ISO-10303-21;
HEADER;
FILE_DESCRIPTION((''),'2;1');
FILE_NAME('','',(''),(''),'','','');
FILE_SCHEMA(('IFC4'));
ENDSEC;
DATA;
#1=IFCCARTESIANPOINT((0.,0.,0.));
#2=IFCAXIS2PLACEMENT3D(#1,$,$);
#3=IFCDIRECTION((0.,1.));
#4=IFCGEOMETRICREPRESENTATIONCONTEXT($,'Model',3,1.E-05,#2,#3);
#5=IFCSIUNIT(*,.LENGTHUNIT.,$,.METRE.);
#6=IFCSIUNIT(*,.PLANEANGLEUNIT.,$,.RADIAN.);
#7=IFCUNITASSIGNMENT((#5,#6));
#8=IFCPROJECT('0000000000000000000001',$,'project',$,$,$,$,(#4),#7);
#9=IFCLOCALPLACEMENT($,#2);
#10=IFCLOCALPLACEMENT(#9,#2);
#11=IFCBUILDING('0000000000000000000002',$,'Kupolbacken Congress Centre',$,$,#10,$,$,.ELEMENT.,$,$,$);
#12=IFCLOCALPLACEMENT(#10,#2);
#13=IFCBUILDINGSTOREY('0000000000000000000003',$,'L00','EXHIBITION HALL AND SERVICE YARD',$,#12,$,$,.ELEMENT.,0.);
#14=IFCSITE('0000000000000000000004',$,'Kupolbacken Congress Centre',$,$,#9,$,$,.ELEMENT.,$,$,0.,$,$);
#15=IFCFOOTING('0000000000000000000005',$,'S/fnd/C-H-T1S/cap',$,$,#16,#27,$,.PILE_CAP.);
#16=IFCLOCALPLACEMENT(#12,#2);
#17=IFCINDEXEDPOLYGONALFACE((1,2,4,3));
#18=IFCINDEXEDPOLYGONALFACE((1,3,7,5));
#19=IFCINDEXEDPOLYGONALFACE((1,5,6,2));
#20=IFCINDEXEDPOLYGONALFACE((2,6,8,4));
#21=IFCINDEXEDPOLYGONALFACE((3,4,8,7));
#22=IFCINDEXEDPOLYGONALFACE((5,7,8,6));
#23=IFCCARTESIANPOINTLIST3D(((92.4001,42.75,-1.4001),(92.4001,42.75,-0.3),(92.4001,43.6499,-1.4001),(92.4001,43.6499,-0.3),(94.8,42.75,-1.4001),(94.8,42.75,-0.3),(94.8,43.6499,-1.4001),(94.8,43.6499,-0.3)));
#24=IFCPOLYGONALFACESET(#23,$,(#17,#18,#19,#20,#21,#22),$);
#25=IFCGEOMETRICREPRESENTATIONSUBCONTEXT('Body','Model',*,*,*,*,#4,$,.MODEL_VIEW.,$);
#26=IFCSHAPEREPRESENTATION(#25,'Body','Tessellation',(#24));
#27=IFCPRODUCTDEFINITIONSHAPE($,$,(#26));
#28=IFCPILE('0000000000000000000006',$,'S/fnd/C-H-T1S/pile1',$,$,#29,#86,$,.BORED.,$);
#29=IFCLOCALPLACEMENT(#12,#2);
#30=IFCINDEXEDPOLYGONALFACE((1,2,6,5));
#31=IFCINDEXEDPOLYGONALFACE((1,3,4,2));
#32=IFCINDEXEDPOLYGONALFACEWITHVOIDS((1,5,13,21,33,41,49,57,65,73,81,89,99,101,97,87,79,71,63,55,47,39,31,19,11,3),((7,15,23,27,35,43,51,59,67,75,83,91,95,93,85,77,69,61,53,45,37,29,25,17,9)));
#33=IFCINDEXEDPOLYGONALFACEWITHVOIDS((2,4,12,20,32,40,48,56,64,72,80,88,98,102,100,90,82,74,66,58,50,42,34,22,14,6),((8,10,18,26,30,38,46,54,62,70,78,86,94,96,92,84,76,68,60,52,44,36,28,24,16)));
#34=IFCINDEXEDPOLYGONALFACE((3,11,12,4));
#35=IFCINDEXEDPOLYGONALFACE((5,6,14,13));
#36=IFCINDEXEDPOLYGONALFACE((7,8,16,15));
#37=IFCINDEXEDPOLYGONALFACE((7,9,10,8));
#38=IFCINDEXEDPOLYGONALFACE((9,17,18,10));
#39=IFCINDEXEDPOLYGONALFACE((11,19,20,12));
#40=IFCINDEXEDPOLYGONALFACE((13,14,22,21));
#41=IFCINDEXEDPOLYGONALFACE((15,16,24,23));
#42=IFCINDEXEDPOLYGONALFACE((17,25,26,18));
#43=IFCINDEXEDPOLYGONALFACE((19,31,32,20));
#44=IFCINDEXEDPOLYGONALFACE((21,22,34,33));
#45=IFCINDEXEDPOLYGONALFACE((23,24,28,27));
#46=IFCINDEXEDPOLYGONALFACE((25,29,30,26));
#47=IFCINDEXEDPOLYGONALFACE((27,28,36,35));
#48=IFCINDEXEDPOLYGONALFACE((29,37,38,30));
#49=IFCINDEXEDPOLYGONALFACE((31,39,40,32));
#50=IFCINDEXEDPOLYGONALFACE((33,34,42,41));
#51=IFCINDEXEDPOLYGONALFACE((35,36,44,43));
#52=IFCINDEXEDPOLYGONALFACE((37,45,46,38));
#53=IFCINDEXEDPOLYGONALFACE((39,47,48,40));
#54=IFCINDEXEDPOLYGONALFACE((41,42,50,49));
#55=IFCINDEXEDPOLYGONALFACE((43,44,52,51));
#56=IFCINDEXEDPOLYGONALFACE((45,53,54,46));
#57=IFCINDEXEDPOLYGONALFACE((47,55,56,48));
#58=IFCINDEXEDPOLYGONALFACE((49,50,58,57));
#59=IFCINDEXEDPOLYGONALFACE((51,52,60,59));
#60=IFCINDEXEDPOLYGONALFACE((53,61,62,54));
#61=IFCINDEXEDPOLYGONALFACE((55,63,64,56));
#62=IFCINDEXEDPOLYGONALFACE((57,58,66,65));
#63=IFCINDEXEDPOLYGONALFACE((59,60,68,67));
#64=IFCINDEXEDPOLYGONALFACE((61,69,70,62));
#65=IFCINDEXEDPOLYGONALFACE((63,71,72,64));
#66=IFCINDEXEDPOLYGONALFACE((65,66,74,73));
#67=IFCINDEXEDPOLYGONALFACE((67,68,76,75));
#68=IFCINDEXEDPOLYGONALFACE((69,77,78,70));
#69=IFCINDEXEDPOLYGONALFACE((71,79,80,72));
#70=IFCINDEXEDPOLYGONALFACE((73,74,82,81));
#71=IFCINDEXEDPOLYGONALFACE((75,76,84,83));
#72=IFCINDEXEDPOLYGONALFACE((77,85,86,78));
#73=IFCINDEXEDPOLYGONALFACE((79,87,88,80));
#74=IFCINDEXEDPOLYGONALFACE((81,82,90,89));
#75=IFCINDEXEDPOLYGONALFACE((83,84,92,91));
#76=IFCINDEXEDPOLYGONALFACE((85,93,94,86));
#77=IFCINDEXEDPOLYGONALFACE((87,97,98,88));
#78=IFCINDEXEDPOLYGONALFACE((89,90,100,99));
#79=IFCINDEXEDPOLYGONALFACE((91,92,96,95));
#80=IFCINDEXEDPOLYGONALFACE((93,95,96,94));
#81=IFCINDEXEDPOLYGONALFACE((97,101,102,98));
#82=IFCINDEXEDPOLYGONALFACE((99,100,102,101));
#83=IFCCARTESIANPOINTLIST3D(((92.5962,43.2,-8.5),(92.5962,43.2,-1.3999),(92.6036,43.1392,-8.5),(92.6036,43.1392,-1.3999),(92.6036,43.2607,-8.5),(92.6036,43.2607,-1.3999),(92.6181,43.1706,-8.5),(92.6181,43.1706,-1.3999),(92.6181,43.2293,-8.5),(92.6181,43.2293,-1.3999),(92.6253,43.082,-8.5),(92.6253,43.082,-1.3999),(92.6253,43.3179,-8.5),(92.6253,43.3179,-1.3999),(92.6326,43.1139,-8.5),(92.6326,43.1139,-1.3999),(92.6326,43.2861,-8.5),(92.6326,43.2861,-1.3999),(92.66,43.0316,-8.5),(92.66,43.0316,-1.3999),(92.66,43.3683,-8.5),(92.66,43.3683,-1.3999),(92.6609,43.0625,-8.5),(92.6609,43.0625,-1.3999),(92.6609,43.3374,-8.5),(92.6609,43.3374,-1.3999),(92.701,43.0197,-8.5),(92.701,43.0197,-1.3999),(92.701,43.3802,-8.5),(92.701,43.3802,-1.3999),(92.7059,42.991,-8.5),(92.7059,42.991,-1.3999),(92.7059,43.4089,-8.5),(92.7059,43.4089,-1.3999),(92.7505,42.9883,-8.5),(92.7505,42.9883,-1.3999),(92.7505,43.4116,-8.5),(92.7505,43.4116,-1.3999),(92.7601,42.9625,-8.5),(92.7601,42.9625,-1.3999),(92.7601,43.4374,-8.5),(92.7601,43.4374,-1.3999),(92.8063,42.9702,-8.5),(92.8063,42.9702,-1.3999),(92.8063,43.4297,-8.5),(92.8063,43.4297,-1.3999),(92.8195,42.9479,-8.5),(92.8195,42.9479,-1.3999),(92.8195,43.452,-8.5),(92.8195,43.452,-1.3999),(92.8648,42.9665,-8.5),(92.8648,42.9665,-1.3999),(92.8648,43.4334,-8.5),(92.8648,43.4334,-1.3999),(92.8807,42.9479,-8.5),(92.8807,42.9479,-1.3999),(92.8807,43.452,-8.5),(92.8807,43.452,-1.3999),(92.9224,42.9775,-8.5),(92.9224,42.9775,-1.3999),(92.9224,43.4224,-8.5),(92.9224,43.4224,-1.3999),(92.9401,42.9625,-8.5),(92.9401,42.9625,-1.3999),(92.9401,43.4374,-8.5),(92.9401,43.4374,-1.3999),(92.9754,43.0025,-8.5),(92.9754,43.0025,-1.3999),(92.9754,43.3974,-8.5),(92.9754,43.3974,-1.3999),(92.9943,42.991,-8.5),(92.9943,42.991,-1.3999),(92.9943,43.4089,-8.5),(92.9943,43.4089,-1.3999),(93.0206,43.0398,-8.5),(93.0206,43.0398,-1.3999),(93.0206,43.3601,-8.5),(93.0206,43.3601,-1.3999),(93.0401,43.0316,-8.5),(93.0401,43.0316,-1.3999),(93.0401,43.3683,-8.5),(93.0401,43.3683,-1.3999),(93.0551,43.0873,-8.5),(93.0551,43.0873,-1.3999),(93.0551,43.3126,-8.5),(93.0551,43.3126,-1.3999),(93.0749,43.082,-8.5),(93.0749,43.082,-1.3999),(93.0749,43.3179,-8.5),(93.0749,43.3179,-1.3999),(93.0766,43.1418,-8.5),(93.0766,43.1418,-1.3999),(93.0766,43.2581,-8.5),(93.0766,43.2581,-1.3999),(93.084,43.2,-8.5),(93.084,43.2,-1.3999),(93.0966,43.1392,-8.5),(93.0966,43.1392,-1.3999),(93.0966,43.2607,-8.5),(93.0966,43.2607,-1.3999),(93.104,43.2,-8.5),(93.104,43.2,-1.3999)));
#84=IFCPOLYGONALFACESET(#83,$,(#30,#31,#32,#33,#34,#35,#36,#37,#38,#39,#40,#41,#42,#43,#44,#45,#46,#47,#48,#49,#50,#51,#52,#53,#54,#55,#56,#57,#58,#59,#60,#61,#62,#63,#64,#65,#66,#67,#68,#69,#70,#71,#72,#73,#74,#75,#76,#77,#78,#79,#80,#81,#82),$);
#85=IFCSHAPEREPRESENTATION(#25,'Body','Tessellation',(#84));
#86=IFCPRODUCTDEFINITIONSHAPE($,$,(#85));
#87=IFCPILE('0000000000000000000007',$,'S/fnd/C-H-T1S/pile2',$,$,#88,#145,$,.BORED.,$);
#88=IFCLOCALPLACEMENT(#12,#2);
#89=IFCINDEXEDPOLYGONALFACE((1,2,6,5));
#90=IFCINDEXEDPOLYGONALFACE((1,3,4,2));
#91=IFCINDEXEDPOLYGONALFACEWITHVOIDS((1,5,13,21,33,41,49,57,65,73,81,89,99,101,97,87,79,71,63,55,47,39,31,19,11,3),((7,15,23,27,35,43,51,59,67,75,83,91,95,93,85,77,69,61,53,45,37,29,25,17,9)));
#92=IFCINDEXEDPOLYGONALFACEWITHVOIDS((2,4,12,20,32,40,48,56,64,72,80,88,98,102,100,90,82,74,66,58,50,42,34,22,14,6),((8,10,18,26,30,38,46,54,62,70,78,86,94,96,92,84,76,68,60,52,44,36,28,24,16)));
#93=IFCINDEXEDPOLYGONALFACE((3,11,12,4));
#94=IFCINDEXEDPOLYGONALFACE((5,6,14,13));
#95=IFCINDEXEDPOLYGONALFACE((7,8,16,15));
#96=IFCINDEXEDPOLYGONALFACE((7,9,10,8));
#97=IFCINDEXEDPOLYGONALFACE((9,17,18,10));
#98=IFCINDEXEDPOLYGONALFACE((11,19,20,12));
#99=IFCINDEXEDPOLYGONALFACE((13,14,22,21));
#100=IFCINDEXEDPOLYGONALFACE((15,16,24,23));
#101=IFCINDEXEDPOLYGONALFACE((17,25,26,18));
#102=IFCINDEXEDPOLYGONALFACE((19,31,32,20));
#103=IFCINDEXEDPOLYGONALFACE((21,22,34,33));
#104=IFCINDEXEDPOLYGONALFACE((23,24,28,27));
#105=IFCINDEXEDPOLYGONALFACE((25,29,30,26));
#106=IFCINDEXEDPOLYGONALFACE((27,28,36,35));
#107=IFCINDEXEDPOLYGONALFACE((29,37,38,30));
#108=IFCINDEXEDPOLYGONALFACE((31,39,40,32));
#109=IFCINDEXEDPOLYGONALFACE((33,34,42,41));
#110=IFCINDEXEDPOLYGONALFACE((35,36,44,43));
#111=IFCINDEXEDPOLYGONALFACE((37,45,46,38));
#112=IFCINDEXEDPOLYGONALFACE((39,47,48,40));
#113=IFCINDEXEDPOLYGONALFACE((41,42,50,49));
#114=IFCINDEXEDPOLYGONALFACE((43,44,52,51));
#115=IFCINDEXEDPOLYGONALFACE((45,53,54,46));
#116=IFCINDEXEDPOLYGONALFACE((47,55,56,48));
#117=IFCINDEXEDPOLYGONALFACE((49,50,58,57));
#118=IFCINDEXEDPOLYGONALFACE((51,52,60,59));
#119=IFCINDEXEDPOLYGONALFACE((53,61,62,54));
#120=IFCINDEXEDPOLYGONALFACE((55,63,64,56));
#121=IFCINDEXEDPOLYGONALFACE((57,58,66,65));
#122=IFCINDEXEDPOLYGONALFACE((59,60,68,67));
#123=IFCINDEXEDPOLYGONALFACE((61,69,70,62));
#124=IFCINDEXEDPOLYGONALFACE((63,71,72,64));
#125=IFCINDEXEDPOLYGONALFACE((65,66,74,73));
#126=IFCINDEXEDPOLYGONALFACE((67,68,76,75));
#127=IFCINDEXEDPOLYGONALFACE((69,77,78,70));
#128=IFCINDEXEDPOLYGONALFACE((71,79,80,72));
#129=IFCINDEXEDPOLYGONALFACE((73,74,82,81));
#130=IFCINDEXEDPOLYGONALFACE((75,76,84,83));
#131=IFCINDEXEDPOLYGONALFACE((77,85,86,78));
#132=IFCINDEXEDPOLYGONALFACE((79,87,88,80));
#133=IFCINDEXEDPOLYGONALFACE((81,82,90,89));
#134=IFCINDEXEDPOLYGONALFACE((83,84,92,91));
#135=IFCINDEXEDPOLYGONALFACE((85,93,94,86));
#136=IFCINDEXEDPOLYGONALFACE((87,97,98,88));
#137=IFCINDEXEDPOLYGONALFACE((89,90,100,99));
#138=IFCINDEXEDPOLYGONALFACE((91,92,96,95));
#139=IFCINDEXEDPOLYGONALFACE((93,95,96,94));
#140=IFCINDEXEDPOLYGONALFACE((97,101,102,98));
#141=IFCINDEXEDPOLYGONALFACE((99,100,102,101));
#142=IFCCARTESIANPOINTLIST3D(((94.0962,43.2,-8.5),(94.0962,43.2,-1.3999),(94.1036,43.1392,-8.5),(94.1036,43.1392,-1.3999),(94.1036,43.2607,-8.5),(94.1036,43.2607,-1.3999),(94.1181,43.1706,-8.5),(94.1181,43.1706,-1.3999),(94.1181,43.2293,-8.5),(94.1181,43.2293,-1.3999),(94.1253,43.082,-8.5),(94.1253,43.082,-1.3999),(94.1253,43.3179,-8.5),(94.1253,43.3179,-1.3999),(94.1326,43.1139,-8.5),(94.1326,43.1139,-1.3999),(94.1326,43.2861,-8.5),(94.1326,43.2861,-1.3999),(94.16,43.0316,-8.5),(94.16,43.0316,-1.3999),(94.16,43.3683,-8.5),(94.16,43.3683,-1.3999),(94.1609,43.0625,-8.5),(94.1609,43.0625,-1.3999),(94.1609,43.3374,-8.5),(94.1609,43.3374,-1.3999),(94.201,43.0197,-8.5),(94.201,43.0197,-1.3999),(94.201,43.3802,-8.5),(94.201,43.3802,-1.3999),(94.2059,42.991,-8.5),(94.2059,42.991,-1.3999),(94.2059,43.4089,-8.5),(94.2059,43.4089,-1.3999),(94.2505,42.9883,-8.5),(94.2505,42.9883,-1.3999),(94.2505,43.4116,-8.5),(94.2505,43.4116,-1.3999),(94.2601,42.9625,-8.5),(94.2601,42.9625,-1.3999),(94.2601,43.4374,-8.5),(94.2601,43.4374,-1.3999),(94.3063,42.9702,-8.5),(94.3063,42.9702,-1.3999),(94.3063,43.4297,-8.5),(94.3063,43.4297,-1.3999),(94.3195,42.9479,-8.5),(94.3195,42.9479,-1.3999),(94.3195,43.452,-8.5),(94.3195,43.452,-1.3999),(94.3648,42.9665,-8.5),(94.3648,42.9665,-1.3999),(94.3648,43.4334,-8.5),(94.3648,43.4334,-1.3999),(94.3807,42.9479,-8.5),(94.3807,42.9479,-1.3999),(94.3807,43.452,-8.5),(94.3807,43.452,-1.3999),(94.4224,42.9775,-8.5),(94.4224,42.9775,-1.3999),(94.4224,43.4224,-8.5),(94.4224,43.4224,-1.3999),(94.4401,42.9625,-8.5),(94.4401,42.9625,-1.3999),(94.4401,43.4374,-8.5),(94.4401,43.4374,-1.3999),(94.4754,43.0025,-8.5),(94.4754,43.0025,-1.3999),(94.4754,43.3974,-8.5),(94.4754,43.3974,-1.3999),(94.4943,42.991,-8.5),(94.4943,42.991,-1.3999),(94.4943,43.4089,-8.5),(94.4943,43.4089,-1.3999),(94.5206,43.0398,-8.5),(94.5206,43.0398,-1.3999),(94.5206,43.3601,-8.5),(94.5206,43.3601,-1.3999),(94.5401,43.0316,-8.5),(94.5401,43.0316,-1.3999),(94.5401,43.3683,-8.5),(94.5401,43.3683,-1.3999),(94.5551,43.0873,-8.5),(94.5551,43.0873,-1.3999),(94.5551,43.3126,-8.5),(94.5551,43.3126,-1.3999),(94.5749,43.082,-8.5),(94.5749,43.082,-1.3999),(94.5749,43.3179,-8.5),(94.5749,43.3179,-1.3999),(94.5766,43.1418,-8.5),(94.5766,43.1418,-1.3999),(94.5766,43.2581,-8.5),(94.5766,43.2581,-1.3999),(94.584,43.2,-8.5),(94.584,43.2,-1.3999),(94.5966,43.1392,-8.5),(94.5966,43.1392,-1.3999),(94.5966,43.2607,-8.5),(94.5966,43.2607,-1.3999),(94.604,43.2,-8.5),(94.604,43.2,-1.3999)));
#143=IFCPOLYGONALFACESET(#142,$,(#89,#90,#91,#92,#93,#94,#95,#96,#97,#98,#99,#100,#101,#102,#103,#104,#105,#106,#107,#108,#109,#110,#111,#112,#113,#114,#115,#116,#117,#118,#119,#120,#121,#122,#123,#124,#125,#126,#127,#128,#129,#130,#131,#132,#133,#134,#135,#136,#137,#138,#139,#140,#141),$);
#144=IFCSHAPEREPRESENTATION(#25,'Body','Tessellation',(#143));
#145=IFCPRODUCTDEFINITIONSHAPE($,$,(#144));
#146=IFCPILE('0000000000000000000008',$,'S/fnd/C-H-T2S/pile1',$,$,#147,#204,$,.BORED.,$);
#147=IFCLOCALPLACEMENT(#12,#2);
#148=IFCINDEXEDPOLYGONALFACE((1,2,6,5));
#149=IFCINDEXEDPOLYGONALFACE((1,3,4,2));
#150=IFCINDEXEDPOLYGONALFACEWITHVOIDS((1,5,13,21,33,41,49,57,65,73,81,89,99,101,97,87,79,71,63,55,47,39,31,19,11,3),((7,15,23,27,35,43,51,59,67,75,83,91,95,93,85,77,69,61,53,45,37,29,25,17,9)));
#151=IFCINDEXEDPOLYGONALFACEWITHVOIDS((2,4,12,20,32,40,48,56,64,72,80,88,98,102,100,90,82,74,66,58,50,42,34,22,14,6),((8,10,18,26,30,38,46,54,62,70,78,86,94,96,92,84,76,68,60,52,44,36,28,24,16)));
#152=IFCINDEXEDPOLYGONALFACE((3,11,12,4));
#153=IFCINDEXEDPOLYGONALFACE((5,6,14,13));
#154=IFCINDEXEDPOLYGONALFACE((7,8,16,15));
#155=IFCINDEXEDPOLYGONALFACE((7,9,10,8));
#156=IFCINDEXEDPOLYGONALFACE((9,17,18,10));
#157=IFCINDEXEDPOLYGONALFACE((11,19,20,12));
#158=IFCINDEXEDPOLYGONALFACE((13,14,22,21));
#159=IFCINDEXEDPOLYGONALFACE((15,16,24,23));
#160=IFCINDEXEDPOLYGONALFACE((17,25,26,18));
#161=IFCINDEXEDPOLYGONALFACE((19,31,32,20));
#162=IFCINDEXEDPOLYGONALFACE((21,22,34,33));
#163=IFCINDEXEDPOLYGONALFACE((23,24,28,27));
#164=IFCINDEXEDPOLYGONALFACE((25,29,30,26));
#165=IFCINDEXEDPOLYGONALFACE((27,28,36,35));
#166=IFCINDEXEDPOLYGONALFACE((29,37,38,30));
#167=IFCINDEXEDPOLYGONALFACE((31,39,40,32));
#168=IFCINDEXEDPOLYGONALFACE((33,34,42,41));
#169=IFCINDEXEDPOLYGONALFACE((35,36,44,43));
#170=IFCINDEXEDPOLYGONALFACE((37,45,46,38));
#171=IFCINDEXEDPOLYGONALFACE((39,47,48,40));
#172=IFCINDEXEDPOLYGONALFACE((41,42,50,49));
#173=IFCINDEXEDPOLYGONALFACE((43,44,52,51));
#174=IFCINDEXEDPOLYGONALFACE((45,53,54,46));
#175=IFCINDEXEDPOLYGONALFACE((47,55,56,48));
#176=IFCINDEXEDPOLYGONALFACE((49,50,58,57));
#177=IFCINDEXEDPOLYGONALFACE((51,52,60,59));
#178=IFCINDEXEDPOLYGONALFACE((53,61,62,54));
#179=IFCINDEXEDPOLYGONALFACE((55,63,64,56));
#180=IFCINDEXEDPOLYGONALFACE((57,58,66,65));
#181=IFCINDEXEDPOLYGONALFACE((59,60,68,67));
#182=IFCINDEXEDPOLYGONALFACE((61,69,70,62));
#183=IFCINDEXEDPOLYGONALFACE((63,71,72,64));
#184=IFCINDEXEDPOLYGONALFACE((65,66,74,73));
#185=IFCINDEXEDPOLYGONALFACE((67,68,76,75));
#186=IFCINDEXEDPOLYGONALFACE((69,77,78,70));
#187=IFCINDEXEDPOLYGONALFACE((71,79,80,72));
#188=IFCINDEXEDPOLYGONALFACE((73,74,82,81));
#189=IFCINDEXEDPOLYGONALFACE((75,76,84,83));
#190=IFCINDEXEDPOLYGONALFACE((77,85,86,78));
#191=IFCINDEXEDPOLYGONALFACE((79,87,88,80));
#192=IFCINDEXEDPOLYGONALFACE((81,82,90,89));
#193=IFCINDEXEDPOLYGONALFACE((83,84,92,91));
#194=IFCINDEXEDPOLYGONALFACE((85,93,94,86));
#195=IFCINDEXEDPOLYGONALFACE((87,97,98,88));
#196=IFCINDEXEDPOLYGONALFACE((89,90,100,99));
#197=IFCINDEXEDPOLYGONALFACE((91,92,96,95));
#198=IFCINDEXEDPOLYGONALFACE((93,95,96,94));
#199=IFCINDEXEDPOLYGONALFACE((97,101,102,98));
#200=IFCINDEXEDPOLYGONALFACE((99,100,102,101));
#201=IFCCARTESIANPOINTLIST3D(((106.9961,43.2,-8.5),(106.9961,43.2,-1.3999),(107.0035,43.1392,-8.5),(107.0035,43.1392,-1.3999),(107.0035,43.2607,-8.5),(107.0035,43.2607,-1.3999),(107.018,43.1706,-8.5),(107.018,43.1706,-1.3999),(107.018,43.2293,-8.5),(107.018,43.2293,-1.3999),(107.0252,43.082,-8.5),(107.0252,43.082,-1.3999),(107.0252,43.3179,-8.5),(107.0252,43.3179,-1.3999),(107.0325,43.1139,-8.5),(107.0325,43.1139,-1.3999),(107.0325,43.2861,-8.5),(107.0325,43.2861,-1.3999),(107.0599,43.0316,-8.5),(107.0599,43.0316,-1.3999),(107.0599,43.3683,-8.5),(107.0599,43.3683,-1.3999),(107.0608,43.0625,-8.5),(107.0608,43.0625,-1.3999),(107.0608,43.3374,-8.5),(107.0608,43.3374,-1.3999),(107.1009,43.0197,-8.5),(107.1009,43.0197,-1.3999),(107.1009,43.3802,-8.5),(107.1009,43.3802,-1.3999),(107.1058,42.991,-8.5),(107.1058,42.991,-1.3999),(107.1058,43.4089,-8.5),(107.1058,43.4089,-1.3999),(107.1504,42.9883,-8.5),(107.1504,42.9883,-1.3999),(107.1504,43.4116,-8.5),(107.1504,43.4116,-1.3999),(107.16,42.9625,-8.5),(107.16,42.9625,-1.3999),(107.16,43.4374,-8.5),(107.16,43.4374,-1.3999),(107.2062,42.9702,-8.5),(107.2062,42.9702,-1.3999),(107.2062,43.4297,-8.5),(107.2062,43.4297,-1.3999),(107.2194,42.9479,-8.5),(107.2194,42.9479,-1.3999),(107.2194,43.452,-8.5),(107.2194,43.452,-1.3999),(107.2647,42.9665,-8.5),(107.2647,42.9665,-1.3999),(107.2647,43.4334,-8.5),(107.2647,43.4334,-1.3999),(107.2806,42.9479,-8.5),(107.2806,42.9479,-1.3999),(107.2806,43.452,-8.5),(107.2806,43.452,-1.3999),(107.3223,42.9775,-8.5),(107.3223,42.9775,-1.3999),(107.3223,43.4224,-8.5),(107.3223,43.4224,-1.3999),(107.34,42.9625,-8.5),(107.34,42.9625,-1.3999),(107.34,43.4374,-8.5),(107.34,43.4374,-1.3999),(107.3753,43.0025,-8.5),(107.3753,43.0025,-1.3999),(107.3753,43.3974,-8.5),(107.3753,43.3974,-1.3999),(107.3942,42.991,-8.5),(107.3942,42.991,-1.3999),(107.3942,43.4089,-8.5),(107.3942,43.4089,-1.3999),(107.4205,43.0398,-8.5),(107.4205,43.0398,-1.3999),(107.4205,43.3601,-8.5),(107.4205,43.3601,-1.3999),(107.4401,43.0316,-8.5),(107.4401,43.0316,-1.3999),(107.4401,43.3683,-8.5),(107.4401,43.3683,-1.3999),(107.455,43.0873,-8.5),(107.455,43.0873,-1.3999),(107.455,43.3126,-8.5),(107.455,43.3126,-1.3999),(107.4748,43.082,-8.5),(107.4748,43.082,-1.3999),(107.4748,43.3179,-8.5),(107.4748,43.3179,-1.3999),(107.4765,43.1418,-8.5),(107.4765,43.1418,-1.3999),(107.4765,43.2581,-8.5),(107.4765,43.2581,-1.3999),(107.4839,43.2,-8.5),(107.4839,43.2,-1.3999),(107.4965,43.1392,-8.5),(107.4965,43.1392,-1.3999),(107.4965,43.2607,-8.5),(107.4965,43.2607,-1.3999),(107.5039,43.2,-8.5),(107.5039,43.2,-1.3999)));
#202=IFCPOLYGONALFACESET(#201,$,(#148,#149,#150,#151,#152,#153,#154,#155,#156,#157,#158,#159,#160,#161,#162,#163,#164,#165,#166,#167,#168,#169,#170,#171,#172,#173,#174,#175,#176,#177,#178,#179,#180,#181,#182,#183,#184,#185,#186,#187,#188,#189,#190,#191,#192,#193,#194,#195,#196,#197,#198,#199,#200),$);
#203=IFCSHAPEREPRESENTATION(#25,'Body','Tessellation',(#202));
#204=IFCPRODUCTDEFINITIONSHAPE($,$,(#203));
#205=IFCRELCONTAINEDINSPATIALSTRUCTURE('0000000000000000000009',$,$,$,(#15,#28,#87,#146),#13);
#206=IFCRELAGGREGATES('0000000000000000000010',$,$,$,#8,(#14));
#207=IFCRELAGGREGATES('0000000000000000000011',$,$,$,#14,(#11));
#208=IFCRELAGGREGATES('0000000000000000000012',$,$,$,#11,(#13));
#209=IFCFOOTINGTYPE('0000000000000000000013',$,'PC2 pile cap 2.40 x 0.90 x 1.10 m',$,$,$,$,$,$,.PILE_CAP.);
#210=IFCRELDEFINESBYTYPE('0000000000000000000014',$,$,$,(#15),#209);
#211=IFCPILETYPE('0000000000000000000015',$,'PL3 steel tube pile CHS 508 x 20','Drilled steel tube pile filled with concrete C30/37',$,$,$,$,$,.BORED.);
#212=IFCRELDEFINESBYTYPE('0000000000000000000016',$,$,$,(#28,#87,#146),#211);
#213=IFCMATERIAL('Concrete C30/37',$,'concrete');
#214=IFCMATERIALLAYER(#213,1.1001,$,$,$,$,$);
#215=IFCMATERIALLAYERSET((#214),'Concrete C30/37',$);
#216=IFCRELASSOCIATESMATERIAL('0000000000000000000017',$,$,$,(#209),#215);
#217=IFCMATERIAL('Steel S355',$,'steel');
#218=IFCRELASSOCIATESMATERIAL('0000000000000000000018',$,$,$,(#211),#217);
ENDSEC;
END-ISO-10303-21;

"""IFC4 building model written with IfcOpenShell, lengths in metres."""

from ifc_helpers import new_model, si_unit, direction, frame, origin, origin_2d, place, context, subcontext, project, spatial, rectangle, hollow_circle, extrude, material, layer, layer_set, material_profile, profile_set, type_object, element, save


model = new_model("IFC4")

# Units and contexts
model_context = context("Model", 3, precision=1e-05, world=origin(), true_north=direction((0.0, 1.0)))
body_context = subcontext(model_context, "Body", "Model", "MODEL_VIEW")
ifc_project = project(units=[si_unit("LENGTHUNIT", "METRE"), si_unit("PLANEANGLEUNIT", "RADIAN")], contexts=[model_context])

# Site, building, storey
site_placement = place(None, origin())
site = spatial("IfcSite", under=ifc_project, at=site_placement, Name="Kupolbacken Congress Centre", CompositionType="ELEMENT", RefElevation=0.0)
building_placement = place(site_placement, origin())
building = spatial("IfcBuilding", under=site, at=building_placement, Name="Kupolbacken Congress Centre", CompositionType="ELEMENT")
storey_placement = place(building_placement, origin())
storey = spatial("IfcBuildingStorey", under=building, at=storey_placement, Name="L00", Description="EXHIBITION HALL AND SERVICE YARD", CompositionType="ELEMENT", Elevation=0.0)

# Footing
ifc_material_1 = material(Name="Concrete C30/37", Category="concrete")
ifc_layer_1 = layer(ifc_material_1, 1.1001)
ifc_layer_set_1 = layer_set([ifc_layer_1], Name="Concrete C30/37")
footing_type = type_object("IfcFootingType", Name="PC2 pile cap 2.40 x 0.90 x 1.10 m", PredefinedType="PILE_CAP", material=ifc_layer_set_1)
footing_placement = place(storey_placement, frame((93.6001, 43.2, -1.4001), z_axis=(0.0, 0.0, 1.0), x_axis=(1.0, 0.0, 0.0)))
element("IfcFooting", 1, at=footing_placement, inside=storey, type_object=footing_type, Name="S/fnd/C-H-T1S/cap", PredefinedType="PILE_CAP", context=body_context, shape_type="SweptSolid", body=[
    extrude(rectangle(XDim=2.3999, YDim=0.8999, at=origin_2d()), origin(), (0.0, 0.0, 1.0), 1.1001),
])

# Piles
ifc_material_2 = material(Name="Steel S355", Category="steel")
ifc_material_profile_1 = material_profile(ifc_material_2, hollow_circle(Radius=0.2539, WallThickness=0.02, at=origin_2d()), Name="CHS 508 x 20")
ifc_profile_set_1 = profile_set([ifc_material_profile_1], Name="Steel S355")
pile_type = type_object("IfcPileType", Name="PL3 steel tube pile CHS 508 x 20", Description="Drilled steel tube pile filled with concrete C30/37", PredefinedType="BORED", material=ifc_profile_set_1)
for number, where, z_axis, x_axis, name in (
    (2, (92.8501, 43.2, -1.3999), (0.0, 0.0, -1.0), (1.0, 0.0, 0.0), "S/fnd/C-H-T1S/pile1"),
    (3, (94.3501, 43.2, -1.3999), (0.0, 0.0, -1.0), (1.0, 0.0, 0.0), "S/fnd/C-H-T1S/pile2"),
    (4, (107.25, 43.2, -1.3999), (0.0, 0.0, -1.0), (1.0, 0.0, 0.0), "S/fnd/C-H-T2S/pile1"),
):
    element("IfcPile", number, at=place(storey_placement, frame(where, z_axis=z_axis, x_axis=x_axis)), inside=storey, type_object=pile_type, Name=name, PredefinedType="BORED", context=body_context, shape_type="SweptSolid", body=[
        extrude(hollow_circle(Radius=0.2539, WallThickness=0.02, at=origin_2d()), origin(), (0.0, 0.0, 1.0), 7.1001),
    ])

save(model, "model.ifc")
